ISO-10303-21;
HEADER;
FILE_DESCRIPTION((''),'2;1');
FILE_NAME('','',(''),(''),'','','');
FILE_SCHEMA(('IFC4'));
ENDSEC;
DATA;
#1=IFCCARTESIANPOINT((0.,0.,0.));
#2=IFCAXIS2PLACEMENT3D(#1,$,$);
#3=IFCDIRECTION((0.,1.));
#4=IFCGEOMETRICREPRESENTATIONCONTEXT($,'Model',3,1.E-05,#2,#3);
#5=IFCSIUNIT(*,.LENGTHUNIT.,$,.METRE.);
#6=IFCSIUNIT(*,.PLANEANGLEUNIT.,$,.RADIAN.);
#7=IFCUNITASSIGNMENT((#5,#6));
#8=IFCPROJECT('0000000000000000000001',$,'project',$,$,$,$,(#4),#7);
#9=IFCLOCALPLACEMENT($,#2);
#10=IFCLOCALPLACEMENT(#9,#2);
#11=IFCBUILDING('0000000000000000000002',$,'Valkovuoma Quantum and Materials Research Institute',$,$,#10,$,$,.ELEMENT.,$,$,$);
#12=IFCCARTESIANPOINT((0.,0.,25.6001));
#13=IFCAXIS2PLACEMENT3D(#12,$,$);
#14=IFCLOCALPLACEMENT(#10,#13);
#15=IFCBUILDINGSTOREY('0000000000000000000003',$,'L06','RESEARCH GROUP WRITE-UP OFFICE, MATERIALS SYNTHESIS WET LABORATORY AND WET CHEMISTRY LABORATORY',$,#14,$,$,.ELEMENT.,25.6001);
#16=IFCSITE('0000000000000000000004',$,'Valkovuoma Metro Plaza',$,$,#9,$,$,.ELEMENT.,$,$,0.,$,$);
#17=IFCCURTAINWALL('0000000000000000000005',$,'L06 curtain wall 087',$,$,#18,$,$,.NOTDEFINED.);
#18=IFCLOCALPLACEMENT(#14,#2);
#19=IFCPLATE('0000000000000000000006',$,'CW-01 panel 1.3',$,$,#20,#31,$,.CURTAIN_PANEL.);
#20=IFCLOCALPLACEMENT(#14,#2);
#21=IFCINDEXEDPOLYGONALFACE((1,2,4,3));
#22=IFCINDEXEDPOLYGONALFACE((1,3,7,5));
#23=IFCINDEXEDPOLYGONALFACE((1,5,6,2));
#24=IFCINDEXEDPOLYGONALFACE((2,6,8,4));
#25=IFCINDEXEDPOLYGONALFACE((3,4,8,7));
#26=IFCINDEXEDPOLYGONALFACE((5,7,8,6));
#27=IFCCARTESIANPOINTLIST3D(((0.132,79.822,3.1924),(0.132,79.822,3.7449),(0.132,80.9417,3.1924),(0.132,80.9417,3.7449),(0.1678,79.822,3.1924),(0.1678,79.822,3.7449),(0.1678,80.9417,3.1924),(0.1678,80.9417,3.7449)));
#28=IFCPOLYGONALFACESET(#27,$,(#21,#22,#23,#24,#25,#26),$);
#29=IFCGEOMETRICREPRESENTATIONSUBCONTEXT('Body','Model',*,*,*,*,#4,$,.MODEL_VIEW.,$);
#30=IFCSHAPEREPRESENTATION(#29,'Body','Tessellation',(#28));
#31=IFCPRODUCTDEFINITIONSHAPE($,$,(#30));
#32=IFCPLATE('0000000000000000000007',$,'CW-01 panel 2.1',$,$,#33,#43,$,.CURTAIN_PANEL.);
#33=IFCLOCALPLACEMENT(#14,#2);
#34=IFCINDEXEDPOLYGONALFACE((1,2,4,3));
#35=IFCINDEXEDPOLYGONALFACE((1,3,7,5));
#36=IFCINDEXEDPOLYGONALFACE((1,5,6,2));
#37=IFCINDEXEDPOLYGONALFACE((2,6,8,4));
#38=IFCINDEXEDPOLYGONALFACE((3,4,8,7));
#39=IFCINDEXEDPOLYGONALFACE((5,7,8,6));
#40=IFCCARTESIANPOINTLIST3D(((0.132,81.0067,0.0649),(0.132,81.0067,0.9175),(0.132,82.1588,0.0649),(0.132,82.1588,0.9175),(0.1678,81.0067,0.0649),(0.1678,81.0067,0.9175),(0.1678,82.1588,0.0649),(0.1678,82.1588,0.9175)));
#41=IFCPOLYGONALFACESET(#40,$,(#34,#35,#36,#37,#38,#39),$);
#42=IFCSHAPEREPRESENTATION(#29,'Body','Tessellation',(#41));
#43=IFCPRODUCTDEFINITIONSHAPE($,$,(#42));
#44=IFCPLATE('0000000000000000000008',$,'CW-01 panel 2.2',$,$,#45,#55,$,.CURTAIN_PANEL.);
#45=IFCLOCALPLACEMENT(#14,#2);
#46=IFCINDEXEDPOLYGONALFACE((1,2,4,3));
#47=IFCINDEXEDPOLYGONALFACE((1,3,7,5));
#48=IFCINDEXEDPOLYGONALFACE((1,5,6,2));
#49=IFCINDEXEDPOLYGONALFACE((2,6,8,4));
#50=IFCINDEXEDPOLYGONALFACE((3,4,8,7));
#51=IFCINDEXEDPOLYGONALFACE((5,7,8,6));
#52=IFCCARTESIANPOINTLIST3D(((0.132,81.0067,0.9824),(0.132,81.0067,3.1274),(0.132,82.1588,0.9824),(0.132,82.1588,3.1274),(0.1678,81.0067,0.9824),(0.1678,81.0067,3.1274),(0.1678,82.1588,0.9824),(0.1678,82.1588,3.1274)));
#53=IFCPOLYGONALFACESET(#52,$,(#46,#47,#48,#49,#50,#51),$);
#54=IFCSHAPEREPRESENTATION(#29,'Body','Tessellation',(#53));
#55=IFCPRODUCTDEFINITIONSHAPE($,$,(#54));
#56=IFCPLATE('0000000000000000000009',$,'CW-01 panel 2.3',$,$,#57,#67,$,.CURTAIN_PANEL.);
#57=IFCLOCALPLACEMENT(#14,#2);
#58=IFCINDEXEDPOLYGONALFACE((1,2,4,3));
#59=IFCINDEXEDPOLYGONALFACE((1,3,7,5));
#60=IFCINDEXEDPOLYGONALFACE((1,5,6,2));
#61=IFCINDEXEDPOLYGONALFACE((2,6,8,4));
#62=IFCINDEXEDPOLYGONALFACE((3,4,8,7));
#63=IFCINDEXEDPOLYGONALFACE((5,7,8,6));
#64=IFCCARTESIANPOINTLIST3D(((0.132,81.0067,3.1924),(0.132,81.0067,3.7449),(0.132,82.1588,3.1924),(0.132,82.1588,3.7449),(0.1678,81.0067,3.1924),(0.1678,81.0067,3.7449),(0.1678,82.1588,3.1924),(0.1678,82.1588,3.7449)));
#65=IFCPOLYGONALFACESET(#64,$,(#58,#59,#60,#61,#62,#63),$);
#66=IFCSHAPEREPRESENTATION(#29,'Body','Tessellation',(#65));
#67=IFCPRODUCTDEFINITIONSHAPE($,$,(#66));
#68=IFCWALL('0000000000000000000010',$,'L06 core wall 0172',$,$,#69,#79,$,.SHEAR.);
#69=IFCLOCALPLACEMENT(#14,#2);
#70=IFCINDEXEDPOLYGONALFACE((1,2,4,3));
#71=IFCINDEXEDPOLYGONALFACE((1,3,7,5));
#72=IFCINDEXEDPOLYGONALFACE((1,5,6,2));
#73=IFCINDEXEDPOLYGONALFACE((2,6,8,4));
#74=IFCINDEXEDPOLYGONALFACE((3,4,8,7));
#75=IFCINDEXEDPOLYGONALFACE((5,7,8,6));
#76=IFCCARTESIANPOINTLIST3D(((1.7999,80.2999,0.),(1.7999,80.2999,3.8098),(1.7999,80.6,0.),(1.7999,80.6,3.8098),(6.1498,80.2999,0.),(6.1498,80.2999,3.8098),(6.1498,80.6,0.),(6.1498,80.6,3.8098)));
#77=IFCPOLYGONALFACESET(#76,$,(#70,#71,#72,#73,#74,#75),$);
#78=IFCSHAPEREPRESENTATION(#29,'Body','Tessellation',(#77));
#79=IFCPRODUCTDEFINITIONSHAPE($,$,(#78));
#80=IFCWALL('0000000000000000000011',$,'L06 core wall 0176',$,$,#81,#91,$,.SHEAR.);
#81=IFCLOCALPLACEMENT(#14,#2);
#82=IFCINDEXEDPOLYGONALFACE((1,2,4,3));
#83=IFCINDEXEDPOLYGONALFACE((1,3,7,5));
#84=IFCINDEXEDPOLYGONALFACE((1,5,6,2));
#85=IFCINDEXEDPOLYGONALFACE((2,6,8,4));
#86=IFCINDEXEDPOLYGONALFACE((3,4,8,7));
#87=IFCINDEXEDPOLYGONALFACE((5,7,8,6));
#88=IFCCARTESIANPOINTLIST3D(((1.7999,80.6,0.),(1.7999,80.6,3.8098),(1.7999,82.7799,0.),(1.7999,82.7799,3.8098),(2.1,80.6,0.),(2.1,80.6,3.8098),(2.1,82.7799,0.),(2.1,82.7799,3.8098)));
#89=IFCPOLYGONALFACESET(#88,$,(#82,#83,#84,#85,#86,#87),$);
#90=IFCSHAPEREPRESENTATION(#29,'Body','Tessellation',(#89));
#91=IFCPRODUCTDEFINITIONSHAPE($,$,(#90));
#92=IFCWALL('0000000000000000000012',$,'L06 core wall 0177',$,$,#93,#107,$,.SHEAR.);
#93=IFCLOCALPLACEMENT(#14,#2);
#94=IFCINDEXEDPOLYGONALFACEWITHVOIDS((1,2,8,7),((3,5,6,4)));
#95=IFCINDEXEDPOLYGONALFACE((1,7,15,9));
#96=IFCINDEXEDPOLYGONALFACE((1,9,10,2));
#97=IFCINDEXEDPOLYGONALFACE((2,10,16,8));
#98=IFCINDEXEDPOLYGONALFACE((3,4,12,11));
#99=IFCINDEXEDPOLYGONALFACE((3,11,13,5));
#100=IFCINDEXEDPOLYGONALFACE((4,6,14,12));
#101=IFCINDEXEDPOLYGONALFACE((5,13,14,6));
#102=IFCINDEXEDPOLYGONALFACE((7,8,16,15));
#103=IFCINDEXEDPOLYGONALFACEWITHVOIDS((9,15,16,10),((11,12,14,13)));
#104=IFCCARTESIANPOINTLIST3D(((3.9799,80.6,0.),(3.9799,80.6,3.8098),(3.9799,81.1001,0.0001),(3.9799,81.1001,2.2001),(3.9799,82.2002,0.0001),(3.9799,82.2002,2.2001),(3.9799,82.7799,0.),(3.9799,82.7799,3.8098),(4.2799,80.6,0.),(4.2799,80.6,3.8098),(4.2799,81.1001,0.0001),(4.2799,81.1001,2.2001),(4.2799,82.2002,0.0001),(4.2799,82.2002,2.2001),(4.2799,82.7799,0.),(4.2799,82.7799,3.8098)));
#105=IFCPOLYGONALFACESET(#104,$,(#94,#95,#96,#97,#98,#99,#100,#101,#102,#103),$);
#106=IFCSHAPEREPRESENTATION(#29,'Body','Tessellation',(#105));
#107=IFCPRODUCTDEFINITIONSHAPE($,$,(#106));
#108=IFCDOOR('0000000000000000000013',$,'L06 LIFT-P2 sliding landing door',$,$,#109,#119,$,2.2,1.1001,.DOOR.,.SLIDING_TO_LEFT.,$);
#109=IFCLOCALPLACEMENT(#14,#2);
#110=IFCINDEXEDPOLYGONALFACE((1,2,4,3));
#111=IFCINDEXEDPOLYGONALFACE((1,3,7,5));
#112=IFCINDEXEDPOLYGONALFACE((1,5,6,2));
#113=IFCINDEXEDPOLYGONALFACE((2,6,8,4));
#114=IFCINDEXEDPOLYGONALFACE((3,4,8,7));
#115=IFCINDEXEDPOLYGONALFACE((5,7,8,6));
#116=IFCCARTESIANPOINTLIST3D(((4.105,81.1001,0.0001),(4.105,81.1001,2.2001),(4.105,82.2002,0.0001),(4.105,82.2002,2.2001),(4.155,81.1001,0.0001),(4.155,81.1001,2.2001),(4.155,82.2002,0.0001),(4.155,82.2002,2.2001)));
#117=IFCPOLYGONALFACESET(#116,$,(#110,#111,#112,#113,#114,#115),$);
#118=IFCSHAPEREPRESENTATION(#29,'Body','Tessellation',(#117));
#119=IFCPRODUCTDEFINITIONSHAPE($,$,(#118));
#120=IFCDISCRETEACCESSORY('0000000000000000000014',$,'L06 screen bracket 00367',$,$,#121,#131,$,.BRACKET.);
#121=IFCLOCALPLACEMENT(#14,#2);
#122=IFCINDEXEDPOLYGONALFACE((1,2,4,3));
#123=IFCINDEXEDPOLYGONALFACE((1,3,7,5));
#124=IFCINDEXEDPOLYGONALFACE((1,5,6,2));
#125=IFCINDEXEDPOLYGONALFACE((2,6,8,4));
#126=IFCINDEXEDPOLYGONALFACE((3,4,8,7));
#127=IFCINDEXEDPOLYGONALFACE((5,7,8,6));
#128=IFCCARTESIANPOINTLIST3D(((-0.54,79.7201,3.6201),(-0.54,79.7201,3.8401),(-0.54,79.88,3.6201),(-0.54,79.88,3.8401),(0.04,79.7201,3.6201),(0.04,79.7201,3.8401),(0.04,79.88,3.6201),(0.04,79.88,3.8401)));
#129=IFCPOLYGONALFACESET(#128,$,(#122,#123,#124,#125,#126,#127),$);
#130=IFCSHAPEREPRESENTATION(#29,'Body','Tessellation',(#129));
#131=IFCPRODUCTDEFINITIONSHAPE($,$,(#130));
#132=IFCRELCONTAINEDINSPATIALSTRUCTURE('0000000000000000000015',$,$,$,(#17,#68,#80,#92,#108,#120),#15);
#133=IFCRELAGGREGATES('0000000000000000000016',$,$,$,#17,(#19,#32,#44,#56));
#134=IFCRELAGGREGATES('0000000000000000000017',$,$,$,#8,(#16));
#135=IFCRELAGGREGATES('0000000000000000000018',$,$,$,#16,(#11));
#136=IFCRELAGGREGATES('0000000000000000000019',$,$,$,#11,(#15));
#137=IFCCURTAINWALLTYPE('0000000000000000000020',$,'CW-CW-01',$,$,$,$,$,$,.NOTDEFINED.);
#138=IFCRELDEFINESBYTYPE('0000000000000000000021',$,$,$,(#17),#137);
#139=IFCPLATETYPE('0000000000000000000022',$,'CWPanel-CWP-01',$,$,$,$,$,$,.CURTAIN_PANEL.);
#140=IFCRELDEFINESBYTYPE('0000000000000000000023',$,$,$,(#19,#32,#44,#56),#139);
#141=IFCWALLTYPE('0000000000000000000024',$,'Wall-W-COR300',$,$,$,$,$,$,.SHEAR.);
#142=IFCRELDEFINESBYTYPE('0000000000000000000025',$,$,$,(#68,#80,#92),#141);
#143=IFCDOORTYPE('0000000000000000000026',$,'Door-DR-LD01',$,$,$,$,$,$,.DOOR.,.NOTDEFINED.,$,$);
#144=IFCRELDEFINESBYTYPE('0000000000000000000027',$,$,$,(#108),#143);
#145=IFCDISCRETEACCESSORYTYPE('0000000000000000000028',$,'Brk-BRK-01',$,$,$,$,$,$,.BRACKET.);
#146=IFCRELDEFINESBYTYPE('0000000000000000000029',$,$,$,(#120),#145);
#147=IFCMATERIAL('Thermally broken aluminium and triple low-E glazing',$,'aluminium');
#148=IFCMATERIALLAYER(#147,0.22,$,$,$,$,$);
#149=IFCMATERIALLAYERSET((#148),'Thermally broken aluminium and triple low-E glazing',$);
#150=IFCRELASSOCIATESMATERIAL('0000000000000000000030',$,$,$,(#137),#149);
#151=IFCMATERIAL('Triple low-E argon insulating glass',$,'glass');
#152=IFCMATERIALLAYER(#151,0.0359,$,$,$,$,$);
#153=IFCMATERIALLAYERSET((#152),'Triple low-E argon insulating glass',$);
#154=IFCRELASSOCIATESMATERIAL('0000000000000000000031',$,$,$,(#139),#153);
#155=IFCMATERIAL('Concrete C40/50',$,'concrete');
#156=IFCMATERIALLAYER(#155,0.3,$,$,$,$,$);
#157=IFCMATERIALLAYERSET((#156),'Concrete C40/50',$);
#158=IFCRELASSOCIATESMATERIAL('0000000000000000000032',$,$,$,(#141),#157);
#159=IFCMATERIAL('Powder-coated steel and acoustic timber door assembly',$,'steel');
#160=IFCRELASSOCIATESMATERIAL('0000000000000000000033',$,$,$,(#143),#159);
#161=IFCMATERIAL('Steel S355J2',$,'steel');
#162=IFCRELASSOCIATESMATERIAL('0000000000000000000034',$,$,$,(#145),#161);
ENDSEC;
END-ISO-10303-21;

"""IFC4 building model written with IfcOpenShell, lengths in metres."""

from ifc_helpers import new_model, si_unit, direction, frame, frame_2d, origin, origin_2d, place, context, subcontext, project, spatial, rectangle, extrude, material, layer, layer_set, type_object, element, fill, aggregate, save


model = new_model("IFC4")

# Units and contexts
model_context = context("Model", 3, precision=1e-05, world=origin(), true_north=direction((0.0, 1.0)))
body_context = subcontext(model_context, "Body", "Model", "MODEL_VIEW")
ifc_project = project(units=[si_unit("LENGTHUNIT", "METRE"), si_unit("PLANEANGLEUNIT", "RADIAN")], contexts=[model_context])

# Site, building, storey
site_placement = place(None, origin())
site = spatial("IfcSite", under=ifc_project, at=site_placement, Name="Valkovuoma Metro Plaza", CompositionType="ELEMENT", RefElevation=0.0)
building_placement = place(site_placement, origin())
building = spatial("IfcBuilding", under=site, at=building_placement, Name="Valkovuoma Quantum and Materials Research Institute", CompositionType="ELEMENT")
storey_placement = place(building_placement, frame((0.0, 0.0, 25.6001)))
storey = spatial("IfcBuildingStorey", under=building, at=storey_placement, Name="L06", Description="RESEARCH GROUP WRITE-UP OFFICE, MATERIALS SYNTHESIS WET LABORATORY AND WET CHEMISTRY LABORATORY", CompositionType="ELEMENT", Elevation=25.6001)

# Curtain wall, plates
ifc_material_1 = material(Name="Thermally broken aluminium and triple low-E glazing", Category="aluminium")
ifc_layer_1 = layer(ifc_material_1, 0.22)
ifc_layer_set_1 = layer_set([ifc_layer_1], Name="Thermally broken aluminium and triple low-E glazing")
curtain_wall_type = type_object("IfcCurtainWallType", Name="CW-CW-01", PredefinedType="NOTDEFINED", material=ifc_layer_set_1)
curtain_wall_placement = place(storey_placement, origin())
curtain_wall = element("IfcCurtainWall", 1, at=curtain_wall_placement, inside=storey, type_object=curtain_wall_type, Name="L06 curtain wall 087", PredefinedType="NOTDEFINED")
ifc_material_2 = material(Name="Triple low-E argon insulating glass", Category="glass")
ifc_layer_2 = layer(ifc_material_2, 0.0359)
ifc_layer_set_2 = layer_set([ifc_layer_2], Name="Triple low-E argon insulating glass")
plate_type = type_object("IfcPlateType", Name="CWPanel-CWP-01", PredefinedType="CURTAIN_PANEL", material=ifc_layer_set_2)
plate_1_placement = place(storey_placement, frame((0.1499, 80.3818, 3.1924), z_axis=(0.0, 0.0, 1.0), x_axis=(0.0, 1.0, 0.0)))
plate_1 = element("IfcPlate", 2, at=plate_1_placement, type_object=plate_type, Name="CW-01 panel 1.3", PredefinedType="CURTAIN_PANEL", context=body_context, shape_type="SweptSolid", body=[
    extrude(rectangle(XDim=1.1196, YDim=0.0359, at=origin_2d()), origin(), (0.0, 0.0, 1.0), 0.5525),
])
plate_2_placement = place(storey_placement, frame((0.1499, 81.5828, 0.0649), z_axis=(0.0, 0.0, 1.0), x_axis=(0.0, 1.0, 0.0)))
plate_2 = element("IfcPlate", 3, at=plate_2_placement, type_object=plate_type, Name="CW-01 panel 2.1", PredefinedType="CURTAIN_PANEL", context=body_context, shape_type="SweptSolid", body=[
    extrude(rectangle(XDim=1.1521, YDim=0.0359, at=origin_2d()), origin(), (0.0, 0.0, 1.0), 0.8525),
])
plate_3_placement = place(storey_placement, frame((0.1499, 81.5828, 0.9824), z_axis=(0.0, 0.0, 1.0), x_axis=(0.0, 1.0, 0.0)))
plate_3 = element("IfcPlate", 4, at=plate_3_placement, type_object=plate_type, Name="CW-01 panel 2.2", PredefinedType="CURTAIN_PANEL", context=body_context, shape_type="SweptSolid", body=[
    extrude(rectangle(XDim=1.1521, YDim=0.0359, at=origin_2d()), origin(), (0.0, 0.0, 1.0), 2.145),
])
plate_4_placement = place(storey_placement, frame((0.1499, 81.5828, 3.1924), z_axis=(0.0, 0.0, 1.0), x_axis=(0.0, 1.0, 0.0)))
plate_4 = element("IfcPlate", 5, at=plate_4_placement, type_object=plate_type, Name="CW-01 panel 2.3", PredefinedType="CURTAIN_PANEL", context=body_context, shape_type="SweptSolid", body=[
    extrude(rectangle(XDim=1.1521, YDim=0.0359, at=origin_2d()), origin(), (0.0, 0.0, 1.0), 0.5525),
])
aggregate(curtain_wall, [plate_1, plate_2, plate_3, plate_4])

# Walls
ifc_material_3 = material(Name="Concrete C40/50", Category="concrete")
ifc_layer_3 = layer(ifc_material_3, 0.3)
ifc_layer_set_3 = layer_set([ifc_layer_3], Name="Concrete C40/50")
wall_type = type_object("IfcWallType", Name="Wall-W-COR300", PredefinedType="SHEAR", material=ifc_layer_set_3)
wall_1_placement = place(storey_placement, frame((1.8, 80.45, 0.0), z_axis=(0.0, 0.0, 1.0), x_axis=(1.0, 0.0, 0.0)))
element("IfcWall", 6, at=wall_1_placement, inside=storey, type_object=wall_type, Name="L06 core wall 0172", PredefinedType="SHEAR", context=body_context, shape_type="SweptSolid", body=[
    extrude(rectangle(XDim=4.3499, YDim=0.3, at=frame_2d((2.1748, 0.0))), origin(), (0.0, 0.0, 1.0), 3.8098),
])
wall_2_placement = place(storey_placement, frame((1.95, 80.6001, 0.0), z_axis=(0.0, 0.0, 1.0), x_axis=(0.0, 1.0, 0.0)))
element("IfcWall", 7, at=wall_2_placement, inside=storey, type_object=wall_type, Name="L06 core wall 0176", PredefinedType="SHEAR", context=body_context, shape_type="SweptSolid", body=[
    extrude(rectangle(XDim=2.1799, YDim=0.3, at=frame_2d((1.0898, 0.0))), origin(), (0.0, 0.0, 1.0), 3.8098),
])

# Wall, opening, door
wall_3_placement = place(storey_placement, frame((4.1299, 80.6001, 0.0), z_axis=(0.0, 0.0, 1.0), x_axis=(0.0, 1.0, 0.0)))
wall_3 = element("IfcWall", 8, at=wall_3_placement, inside=storey, type_object=wall_type, Name="L06 core wall 0177", PredefinedType="SHEAR", context=body_context, shape_type="SweptSolid", body=[
    extrude(rectangle(XDim=2.1799, YDim=0.3, at=frame_2d((1.0898, 0.0))), origin(), (0.0, 0.0, 1.0), 3.8098),
])
opening_placement = place(wall_3_placement, frame((0.5, 0.0, 0.0)))
opening = element("IfcOpeningElement", 9, at=opening_placement, cuts=wall_3, PredefinedType="OPENING", context=body_context, shape_type="SweptSolid", body=[
    extrude(rectangle(XDim=1.1001, YDim=2.2, at=frame_2d((0.55, 1.1001))), frame((0.0, 0.1602, 0.0), z_axis=(0.0, -1.0, 0.0), x_axis=(1.0, 0.0, 0.0)), (0.0, 0.0, 1.0), 0.3201),
])
ifc_material_4 = material(Name="Powder-coated steel and acoustic timber door assembly", Category="steel")
door_type = type_object("IfcDoorType", Name="Door-DR-LD01", OperationType="NOTDEFINED", PredefinedType="DOOR", material=ifc_material_4)
door_placement = place(opening_placement, origin())
door = element("IfcDoor", 10, at=door_placement, inside=storey, type_object=door_type, Name="L06 LIFT-P2 sliding landing door", OperationType="SLIDING_TO_LEFT", OverallHeight=2.2, OverallWidth=1.1001, PredefinedType="DOOR", context=body_context, shape_type="SweptSolid", body=[
    extrude(rectangle(XDim=1.1001, YDim=2.2, at=frame_2d((0.55, 1.1001))), frame((0.0, 0.0249, 0.0), z_axis=(0.0, -1.0, 0.0), x_axis=(1.0, 0.0, 0.0)), (0.0, 0.0, 1.0), 0.05),
])
fill(opening, door)

# Discrete accessory
ifc_material_5 = material(Name="Steel S355J2", Category="steel")
discrete_accessory_type = type_object("IfcDiscreteAccessoryType", Name="Brk-BRK-01", PredefinedType="BRACKET", material=ifc_material_5)
discrete_accessory_placement = place(storey_placement, frame((-0.25, 79.8, 3.6201), z_axis=(0.0, 0.0, 1.0), x_axis=(1.0, 0.0, 0.0)))
element("IfcDiscreteAccessory", 11, at=discrete_accessory_placement, inside=storey, type_object=discrete_accessory_type, Name="L06 screen bracket 00367", PredefinedType="BRACKET", context=body_context, shape_type="SweptSolid", body=[
    extrude(rectangle(XDim=0.5801, YDim=0.1599, at=origin_2d()), origin(), (0.0, 0.0, 1.0), 0.22),
])

save(model, "model.ifc")
